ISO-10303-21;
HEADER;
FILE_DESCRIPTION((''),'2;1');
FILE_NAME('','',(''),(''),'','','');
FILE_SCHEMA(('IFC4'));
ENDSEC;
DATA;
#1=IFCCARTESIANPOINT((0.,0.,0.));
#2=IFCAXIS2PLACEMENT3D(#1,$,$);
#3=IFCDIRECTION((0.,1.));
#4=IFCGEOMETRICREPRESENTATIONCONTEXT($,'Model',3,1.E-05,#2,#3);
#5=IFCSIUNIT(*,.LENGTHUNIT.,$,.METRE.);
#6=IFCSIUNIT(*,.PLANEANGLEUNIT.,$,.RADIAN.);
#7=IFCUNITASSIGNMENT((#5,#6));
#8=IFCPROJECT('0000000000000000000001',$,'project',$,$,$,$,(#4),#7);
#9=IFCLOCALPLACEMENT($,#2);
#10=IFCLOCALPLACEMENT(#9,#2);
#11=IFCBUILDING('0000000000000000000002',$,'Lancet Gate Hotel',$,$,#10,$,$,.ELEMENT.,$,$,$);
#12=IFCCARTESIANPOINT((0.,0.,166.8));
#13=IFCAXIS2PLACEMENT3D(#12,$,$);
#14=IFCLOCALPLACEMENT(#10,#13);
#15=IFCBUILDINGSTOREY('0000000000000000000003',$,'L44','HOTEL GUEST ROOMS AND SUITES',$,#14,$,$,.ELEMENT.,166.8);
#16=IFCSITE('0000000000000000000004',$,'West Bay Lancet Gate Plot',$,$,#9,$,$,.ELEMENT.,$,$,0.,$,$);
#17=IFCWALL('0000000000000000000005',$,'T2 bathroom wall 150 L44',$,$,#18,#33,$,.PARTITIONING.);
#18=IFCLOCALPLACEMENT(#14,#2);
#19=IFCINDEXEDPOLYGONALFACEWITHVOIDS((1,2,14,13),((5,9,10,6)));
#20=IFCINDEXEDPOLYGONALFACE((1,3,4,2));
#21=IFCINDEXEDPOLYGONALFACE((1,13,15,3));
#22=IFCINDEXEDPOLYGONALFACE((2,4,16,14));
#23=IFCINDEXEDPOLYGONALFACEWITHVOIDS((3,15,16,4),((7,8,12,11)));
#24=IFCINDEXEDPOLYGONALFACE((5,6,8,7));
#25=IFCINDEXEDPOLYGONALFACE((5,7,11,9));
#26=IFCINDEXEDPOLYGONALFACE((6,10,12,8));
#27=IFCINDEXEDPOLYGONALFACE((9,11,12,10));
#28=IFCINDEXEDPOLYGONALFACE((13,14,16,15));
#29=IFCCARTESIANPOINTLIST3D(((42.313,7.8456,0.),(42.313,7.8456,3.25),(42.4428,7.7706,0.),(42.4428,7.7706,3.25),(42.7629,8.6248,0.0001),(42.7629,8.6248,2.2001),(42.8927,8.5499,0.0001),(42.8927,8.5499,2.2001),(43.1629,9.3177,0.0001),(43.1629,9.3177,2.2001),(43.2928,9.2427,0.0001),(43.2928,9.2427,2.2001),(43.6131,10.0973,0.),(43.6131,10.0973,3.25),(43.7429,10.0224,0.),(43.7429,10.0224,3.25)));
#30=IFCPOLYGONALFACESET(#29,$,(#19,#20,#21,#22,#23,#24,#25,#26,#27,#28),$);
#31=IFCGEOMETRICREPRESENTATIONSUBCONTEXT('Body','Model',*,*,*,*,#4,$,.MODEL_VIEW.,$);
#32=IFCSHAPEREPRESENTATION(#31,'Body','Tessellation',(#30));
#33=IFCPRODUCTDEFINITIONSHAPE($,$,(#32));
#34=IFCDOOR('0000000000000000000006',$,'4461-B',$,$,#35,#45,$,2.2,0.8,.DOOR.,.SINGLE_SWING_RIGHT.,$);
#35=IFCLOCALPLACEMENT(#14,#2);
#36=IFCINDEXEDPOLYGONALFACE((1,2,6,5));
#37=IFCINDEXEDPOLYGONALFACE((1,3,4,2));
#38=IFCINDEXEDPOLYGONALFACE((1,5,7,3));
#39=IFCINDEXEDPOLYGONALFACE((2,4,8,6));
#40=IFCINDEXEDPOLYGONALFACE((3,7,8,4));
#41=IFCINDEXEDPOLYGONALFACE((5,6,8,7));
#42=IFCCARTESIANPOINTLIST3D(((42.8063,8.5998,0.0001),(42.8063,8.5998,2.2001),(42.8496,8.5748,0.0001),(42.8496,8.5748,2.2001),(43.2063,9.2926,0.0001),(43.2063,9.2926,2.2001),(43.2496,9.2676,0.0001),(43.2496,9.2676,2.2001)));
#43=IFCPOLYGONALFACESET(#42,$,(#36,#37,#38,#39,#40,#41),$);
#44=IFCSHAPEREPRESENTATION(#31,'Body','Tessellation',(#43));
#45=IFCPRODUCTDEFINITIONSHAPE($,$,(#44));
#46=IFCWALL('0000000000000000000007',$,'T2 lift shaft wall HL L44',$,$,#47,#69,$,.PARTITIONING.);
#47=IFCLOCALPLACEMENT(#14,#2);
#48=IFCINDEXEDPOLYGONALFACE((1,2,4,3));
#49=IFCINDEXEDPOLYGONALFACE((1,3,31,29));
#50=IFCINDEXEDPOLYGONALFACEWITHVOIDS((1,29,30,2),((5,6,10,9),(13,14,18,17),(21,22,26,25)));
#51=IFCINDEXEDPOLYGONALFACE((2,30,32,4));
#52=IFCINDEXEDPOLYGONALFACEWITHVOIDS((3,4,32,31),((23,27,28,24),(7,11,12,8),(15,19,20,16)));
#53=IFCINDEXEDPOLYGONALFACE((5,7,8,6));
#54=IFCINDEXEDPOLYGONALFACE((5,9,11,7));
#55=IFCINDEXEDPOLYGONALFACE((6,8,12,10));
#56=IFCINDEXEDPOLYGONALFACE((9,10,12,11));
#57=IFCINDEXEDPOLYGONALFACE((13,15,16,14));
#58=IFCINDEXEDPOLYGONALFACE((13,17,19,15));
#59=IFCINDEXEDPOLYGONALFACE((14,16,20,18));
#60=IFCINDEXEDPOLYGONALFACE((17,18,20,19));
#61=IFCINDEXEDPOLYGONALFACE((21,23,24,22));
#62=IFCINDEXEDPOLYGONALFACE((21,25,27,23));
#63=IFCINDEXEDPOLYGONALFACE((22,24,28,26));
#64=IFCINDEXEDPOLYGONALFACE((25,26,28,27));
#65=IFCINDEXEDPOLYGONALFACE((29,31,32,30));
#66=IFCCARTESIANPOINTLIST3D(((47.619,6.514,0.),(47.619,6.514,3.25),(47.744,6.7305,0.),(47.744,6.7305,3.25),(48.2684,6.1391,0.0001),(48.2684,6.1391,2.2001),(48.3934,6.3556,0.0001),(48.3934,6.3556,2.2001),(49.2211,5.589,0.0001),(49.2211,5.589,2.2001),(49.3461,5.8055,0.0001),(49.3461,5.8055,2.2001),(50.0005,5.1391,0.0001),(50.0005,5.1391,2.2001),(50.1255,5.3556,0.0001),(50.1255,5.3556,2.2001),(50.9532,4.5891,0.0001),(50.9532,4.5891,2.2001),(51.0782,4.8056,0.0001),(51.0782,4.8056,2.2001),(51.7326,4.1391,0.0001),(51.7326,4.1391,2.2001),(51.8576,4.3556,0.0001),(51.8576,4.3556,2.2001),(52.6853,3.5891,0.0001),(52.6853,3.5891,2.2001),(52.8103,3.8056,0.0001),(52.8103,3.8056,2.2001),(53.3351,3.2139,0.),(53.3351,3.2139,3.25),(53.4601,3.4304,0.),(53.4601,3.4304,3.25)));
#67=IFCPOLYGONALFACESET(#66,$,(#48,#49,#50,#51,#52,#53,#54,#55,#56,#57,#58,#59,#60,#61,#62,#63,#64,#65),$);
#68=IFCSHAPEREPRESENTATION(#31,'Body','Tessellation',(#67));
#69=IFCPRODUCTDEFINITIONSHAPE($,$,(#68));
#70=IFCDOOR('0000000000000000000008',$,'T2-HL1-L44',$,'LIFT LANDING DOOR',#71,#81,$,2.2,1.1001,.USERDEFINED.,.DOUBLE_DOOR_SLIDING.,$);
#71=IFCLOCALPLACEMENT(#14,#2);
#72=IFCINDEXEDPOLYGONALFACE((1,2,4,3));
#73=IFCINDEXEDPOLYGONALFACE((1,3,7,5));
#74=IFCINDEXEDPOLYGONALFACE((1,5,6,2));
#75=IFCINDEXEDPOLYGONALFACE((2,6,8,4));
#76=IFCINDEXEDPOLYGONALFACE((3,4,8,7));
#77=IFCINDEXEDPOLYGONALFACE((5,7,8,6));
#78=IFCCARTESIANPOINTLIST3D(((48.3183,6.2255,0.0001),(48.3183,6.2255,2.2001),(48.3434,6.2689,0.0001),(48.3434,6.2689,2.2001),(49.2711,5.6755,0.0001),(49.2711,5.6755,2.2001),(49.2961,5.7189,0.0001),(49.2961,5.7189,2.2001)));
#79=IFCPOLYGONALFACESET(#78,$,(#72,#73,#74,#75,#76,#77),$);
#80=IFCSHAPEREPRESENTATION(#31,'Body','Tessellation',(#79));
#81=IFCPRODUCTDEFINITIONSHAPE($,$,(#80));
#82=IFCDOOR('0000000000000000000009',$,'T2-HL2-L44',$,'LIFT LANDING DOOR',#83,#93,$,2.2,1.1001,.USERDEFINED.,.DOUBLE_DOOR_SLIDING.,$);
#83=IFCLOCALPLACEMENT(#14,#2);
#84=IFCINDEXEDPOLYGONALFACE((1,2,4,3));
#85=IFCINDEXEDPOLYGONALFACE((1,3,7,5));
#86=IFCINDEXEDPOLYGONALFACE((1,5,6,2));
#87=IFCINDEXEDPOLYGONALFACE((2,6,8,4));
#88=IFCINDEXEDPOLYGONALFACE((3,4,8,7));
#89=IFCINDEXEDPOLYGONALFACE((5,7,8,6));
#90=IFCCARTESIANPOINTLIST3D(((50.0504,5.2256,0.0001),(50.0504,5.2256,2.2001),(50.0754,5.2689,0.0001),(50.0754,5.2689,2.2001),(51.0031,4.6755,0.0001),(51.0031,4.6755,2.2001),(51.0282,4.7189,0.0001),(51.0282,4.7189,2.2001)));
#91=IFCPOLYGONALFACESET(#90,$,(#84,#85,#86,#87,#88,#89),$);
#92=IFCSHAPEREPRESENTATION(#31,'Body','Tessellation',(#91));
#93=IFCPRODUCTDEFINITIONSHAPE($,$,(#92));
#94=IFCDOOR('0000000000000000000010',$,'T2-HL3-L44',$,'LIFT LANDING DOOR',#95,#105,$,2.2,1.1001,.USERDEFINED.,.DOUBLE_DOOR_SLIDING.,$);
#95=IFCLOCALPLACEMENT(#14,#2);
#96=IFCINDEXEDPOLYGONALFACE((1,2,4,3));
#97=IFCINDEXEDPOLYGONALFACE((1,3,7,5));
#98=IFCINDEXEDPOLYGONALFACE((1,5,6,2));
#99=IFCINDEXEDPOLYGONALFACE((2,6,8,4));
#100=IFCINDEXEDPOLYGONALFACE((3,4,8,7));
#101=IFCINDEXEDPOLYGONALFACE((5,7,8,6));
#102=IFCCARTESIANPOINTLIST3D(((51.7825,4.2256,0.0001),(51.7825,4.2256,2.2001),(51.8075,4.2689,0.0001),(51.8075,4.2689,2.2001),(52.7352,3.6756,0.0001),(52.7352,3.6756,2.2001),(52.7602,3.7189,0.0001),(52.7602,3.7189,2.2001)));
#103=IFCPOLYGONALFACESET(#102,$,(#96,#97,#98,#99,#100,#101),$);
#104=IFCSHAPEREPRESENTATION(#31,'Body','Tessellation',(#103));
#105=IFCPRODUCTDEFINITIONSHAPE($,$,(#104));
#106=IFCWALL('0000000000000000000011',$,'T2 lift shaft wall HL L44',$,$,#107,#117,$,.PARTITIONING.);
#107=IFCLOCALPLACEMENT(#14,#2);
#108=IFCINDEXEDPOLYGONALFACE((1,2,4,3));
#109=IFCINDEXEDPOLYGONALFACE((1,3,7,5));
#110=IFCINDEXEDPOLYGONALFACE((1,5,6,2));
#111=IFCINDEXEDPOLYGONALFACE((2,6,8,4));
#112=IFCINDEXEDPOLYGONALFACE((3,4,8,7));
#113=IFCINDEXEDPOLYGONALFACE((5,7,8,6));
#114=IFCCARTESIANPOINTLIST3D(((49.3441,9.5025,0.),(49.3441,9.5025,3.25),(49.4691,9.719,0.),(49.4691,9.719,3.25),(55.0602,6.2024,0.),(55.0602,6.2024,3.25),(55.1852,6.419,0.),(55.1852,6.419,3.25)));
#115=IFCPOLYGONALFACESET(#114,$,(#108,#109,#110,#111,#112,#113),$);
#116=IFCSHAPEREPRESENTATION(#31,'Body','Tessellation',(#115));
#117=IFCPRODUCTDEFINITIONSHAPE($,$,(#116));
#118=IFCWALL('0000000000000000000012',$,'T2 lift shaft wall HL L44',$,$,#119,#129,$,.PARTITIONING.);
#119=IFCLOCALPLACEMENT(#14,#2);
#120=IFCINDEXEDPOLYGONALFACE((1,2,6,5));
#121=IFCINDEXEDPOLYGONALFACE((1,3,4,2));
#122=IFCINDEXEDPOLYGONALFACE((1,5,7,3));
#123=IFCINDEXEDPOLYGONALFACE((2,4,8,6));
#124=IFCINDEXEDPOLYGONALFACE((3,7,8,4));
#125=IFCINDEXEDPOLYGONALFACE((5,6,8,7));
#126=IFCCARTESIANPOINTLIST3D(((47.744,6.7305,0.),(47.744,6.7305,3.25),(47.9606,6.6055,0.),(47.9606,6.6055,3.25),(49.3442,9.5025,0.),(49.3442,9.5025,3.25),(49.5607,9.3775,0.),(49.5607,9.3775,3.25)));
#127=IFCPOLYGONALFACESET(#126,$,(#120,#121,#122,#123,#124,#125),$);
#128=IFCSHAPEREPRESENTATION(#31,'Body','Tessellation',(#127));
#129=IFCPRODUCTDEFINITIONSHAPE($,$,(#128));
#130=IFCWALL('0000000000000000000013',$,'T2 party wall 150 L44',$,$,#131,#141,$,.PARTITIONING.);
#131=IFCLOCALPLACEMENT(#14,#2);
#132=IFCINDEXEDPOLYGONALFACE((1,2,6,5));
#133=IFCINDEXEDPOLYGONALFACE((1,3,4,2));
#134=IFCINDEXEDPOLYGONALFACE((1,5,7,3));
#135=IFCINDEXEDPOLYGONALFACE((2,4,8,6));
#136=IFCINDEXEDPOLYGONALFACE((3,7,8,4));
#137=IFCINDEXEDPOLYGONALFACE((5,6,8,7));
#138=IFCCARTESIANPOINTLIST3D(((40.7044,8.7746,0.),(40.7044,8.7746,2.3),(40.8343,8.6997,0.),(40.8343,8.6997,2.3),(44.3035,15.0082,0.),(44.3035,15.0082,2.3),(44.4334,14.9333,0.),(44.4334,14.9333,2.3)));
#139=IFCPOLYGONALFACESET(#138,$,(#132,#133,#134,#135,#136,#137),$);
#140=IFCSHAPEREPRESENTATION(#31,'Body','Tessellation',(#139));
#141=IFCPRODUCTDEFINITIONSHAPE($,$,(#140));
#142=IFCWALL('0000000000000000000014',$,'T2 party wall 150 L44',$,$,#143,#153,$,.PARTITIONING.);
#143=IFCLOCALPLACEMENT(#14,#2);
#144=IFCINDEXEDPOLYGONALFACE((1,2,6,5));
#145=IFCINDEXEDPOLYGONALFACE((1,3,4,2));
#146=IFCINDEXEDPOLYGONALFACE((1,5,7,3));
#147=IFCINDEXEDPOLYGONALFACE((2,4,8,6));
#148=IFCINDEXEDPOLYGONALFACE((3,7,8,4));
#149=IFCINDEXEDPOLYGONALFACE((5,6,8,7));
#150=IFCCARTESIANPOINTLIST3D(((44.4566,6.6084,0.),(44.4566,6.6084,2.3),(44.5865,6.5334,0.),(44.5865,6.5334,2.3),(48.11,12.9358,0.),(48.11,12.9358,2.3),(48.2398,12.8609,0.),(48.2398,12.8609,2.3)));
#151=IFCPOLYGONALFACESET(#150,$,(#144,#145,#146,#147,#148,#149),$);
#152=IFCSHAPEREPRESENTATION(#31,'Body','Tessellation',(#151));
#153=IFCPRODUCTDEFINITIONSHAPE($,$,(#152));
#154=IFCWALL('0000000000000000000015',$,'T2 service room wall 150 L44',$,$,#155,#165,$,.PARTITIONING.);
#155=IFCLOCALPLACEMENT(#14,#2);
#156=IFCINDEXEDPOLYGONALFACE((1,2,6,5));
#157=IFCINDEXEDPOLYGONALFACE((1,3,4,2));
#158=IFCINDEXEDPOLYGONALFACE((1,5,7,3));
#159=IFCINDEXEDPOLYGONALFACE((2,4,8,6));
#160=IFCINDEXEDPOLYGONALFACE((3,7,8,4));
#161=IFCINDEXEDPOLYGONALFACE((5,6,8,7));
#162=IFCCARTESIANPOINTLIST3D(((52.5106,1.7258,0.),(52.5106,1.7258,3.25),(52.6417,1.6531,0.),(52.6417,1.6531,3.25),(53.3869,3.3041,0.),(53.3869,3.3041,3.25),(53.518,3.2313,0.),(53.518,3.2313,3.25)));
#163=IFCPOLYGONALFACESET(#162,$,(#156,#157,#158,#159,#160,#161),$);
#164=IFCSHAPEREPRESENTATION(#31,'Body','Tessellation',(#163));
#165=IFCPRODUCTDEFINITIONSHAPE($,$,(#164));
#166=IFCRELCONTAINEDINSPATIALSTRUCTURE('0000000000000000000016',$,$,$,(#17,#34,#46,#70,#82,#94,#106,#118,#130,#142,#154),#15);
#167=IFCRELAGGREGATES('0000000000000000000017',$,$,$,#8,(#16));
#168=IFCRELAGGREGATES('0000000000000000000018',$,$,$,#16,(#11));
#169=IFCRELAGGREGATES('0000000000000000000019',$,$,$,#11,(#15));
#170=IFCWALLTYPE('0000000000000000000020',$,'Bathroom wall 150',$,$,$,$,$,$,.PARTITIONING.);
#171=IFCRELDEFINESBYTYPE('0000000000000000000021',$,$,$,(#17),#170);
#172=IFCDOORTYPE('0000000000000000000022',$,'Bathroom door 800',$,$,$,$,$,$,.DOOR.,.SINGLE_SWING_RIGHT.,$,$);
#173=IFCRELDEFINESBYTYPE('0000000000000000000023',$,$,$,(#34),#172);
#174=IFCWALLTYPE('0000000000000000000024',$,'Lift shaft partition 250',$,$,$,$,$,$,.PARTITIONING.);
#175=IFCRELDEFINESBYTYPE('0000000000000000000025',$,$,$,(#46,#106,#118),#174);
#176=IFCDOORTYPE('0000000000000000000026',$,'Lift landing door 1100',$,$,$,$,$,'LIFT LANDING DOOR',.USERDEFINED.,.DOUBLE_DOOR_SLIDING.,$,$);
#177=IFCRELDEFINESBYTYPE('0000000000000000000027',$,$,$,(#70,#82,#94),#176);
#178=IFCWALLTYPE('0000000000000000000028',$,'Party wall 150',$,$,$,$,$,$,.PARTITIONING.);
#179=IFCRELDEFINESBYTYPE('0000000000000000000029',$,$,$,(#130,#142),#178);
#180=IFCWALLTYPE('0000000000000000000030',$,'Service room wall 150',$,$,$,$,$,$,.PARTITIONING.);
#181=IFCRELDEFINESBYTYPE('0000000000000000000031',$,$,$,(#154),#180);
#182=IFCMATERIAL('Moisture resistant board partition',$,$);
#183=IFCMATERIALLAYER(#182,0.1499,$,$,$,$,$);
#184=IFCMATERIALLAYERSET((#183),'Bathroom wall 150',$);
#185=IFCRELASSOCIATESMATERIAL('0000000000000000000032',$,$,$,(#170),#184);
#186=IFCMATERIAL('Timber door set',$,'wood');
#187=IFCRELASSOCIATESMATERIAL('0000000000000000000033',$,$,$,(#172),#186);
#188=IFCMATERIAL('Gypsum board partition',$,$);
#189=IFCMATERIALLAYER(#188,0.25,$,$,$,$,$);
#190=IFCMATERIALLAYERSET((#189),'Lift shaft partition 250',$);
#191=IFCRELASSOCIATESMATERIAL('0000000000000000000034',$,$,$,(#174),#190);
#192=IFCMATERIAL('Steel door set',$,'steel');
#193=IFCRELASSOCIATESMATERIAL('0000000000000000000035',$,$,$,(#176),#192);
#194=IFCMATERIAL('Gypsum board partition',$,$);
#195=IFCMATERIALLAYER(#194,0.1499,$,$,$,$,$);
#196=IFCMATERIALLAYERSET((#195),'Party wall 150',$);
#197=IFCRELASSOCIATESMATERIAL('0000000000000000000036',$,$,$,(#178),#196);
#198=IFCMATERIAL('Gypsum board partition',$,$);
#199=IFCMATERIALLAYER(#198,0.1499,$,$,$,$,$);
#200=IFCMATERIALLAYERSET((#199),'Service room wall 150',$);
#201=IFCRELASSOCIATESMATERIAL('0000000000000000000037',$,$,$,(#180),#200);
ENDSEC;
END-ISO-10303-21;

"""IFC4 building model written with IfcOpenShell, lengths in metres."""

from ifc_helpers import new_model, si_unit, direction, frame, frame_2d, origin, place, context, subcontext, project, spatial, rectangle, extrude, material, layer, layer_set, type_object, element, fill, save


model = new_model("IFC4")

# Units and contexts
model_context = context("Model", 3, precision=1e-05, world=origin(), true_north=direction((0.0, 1.0)))
body_context = subcontext(model_context, "Body", "Model", "MODEL_VIEW")
ifc_project = project(units=[si_unit("LENGTHUNIT", "METRE"), si_unit("PLANEANGLEUNIT", "RADIAN")], contexts=[model_context])

# Site, building, storey
site_placement = place(None, origin())
site = spatial("IfcSite", under=ifc_project, at=site_placement, Name="West Bay Lancet Gate Plot", CompositionType="ELEMENT", RefElevation=0.0)
building_placement = place(site_placement, origin())
building = spatial("IfcBuilding", under=site, at=building_placement, Name="Lancet Gate Hotel", CompositionType="ELEMENT")
storey_placement = place(building_placement, frame((0.0, 0.0, 166.8)))
storey = spatial("IfcBuildingStorey", under=building, at=storey_placement, Name="L44", Description="HOTEL GUEST ROOMS AND SUITES", CompositionType="ELEMENT", Elevation=166.8)

# Shared definitions
ifc_material_1 = material(Name="Moisture resistant board partition")
ifc_layer_1 = layer(ifc_material_1, 0.1499)
ifc_layer_set_1 = layer_set([ifc_layer_1], Name="Bathroom wall 150")
wall_type_1 = type_object("IfcWallType", Name="Bathroom wall 150", PredefinedType="PARTITIONING", material=ifc_layer_set_1)

# Wall, opening, door
wall_1_placement = place(storey_placement, frame((42.3779, 7.8081, 0.0), z_axis=(0.0, 0.0, 1.0), x_axis=(0.500007, 0.866021, 0.0)))
wall_1 = element("IfcWall", 1, at=wall_1_placement, inside=storey, type_object=wall_type_1, Name="T2 bathroom wall 150 L44", PredefinedType="PARTITIONING", context=body_context, shape_type="SweptSolid", body=[
    extrude(rectangle(XDim=2.6001, YDim=0.1499, at=frame_2d((1.3, 0.0))), origin(), (0.0, 0.0, 1.0), 3.25),
])
opening_1_placement = place(wall_1_placement, frame((0.8999, 0.0, 0.0)))
opening_1 = element("IfcOpeningElement", 2, at=opening_1_placement, cuts=wall_1, PredefinedType="OPENING", context=body_context, shape_type="SweptSolid", body=[
    extrude(rectangle(XDim=0.8, YDim=2.2, at=frame_2d((0.3999, 1.1001))), frame((0.0, 0.085, 0.0), z_axis=(0.0, -1.0, 0.0), x_axis=(1.0, 0.0, 0.0)), (0.0, 0.0, 1.0), 0.1699),
])
ifc_material_2 = material(Name="Timber door set", Category="wood")
door_type_1 = type_object("IfcDoorType", Name="Bathroom door 800", OperationType="SINGLE_SWING_RIGHT", PredefinedType="DOOR", material=ifc_material_2)
door_1_placement = place(opening_1_placement, origin())
door_1 = element("IfcDoor", 3, at=door_1_placement, inside=storey, type_object=door_type_1, Name="4461-B", OperationType="SINGLE_SWING_RIGHT", OverallHeight=2.2, OverallWidth=0.8, PredefinedType="DOOR", context=body_context, shape_type="SweptSolid", body=[
    extrude(rectangle(XDim=0.8, YDim=2.2, at=frame_2d((0.3999, 1.1001))), frame((0.0, 0.0249, 0.0), z_axis=(0.0, -1.0, 0.0), x_axis=(1.0, 0.0, 0.0)), (0.0, 0.0, 1.0), 0.05),
])
fill(opening_1, door_1)

# Wall, openings, doors
ifc_material_3 = material(Name="Gypsum board partition")
ifc_layer_2 = layer(ifc_material_3, 0.25)
ifc_layer_set_2 = layer_set([ifc_layer_2], Name="Lift shaft partition 250")
wall_type_2 = type_object("IfcWallType", Name="Lift shaft partition 250", PredefinedType="PARTITIONING", material=ifc_layer_set_2)
wall_2_placement = place(storey_placement, frame((47.6814, 6.6223, 0.0), z_axis=(0.0, 0.0, 1.0), x_axis=(0.866033, -0.499986, 0.0)))
wall_2 = element("IfcWall", 4, at=wall_2_placement, inside=storey, type_object=wall_type_2, Name="T2 lift shaft wall HL L44", PredefinedType="PARTITIONING", context=body_context, shape_type="SweptSolid", body=[
    extrude(rectangle(XDim=6.6003, YDim=0.25, at=frame_2d((3.3003, 0.0))), origin(), (0.0, 0.0, 1.0), 3.25),
])
opening_2_placement = place(wall_2_placement, frame((0.75, 0.0, 0.0)))
opening_2 = element("IfcOpeningElement", 5, at=opening_2_placement, cuts=wall_2, PredefinedType="OPENING", context=body_context, shape_type="SweptSolid", body=[
    extrude(rectangle(XDim=1.1001, YDim=2.2, at=frame_2d((0.55, 1.1001))), frame((0.0, 0.135, 0.0), z_axis=(0.0, -1.0, 0.0), x_axis=(1.0, 0.0, 0.0)), (0.0, 0.0, 1.0), 0.27),
])
opening_3_placement = place(wall_2_placement, frame((2.75, 0.0, 0.0)))
opening_3 = element("IfcOpeningElement", 6, at=opening_3_placement, cuts=wall_2, PredefinedType="OPENING", context=body_context, shape_type="SweptSolid", body=[
    extrude(rectangle(XDim=1.1001, YDim=2.2, at=frame_2d((0.55, 1.1001))), frame((0.0, 0.135, 0.0), z_axis=(0.0, -1.0, 0.0), x_axis=(1.0, 0.0, 0.0)), (0.0, 0.0, 1.0), 0.27),
])
opening_4_placement = place(wall_2_placement, frame((4.75, 0.0, 0.0)))
opening_4 = element("IfcOpeningElement", 7, at=opening_4_placement, cuts=wall_2, PredefinedType="OPENING", context=body_context, shape_type="SweptSolid", body=[
    extrude(rectangle(XDim=1.1001, YDim=2.2, at=frame_2d((0.55, 1.1001))), frame((0.0, 0.135, 0.0), z_axis=(0.0, -1.0, 0.0), x_axis=(1.0, 0.0, 0.0)), (0.0, 0.0, 1.0), 0.27),
])
ifc_material_4 = material(Name="Steel door set", Category="steel")
door_type_2 = type_object("IfcDoorType", Name="Lift landing door 1100", ElementType="LIFT LANDING DOOR", OperationType="DOUBLE_DOOR_SLIDING", PredefinedType="USERDEFINED", material=ifc_material_4)
door_2_placement = place(opening_2_placement, origin())
door_2 = element("IfcDoor", 8, at=door_2_placement, inside=storey, type_object=door_type_2, Name="T2-HL1-L44", ObjectType="LIFT LANDING DOOR", OperationType="DOUBLE_DOOR_SLIDING", OverallHeight=2.2, OverallWidth=1.1001, PredefinedType="USERDEFINED", context=body_context, shape_type="SweptSolid", body=[
    extrude(rectangle(XDim=1.1001, YDim=2.2, at=frame_2d((0.55, 1.1001))), frame((0.0, 0.0249, 0.0), z_axis=(0.0, -1.0, 0.0), x_axis=(1.0, 0.0, 0.0)), (0.0, 0.0, 1.0), 0.05),
])
fill(opening_2, door_2)
door_3_placement = place(opening_3_placement, origin())
door_3 = element("IfcDoor", 9, at=door_3_placement, inside=storey, type_object=door_type_2, Name="T2-HL2-L44", ObjectType="LIFT LANDING DOOR", OperationType="DOUBLE_DOOR_SLIDING", OverallHeight=2.2, OverallWidth=1.1001, PredefinedType="USERDEFINED", context=body_context, shape_type="SweptSolid", body=[
    extrude(rectangle(XDim=1.1001, YDim=2.2, at=frame_2d((0.55, 1.1001))), frame((0.0, 0.0249, 0.0), z_axis=(0.0, -1.0, 0.0), x_axis=(1.0, 0.0, 0.0)), (0.0, 0.0, 1.0), 0.05),
])
fill(opening_3, door_3)
door_4_placement = place(opening_4_placement, origin())
door_4 = element("IfcDoor", 10, at=door_4_placement, inside=storey, type_object=door_type_2, Name="T2-HL3-L44", ObjectType="LIFT LANDING DOOR", OperationType="DOUBLE_DOOR_SLIDING", OverallHeight=2.2, OverallWidth=1.1001, PredefinedType="USERDEFINED", context=body_context, shape_type="SweptSolid", body=[
    extrude(rectangle(XDim=1.1001, YDim=2.2, at=frame_2d((0.55, 1.1001))), frame((0.0, 0.0249, 0.0), z_axis=(0.0, -1.0, 0.0), x_axis=(1.0, 0.0, 0.0)), (0.0, 0.0, 1.0), 0.05),
])
fill(opening_4, door_4)

# Walls
wall_3_placement = place(storey_placement, frame((49.4065, 9.6108, 0.0), z_axis=(0.0, 0.0, 1.0), x_axis=(0.866033, -0.499986, 0.0)))
element("IfcWall", 11, at=wall_3_placement, inside=storey, type_object=wall_type_2, Name="T2 lift shaft wall HL L44", PredefinedType="PARTITIONING", context=body_context, shape_type="SweptSolid", body=[
    extrude(rectangle(XDim=6.6003, YDim=0.25, at=frame_2d((3.3003, 0.0))), origin(), (0.0, 0.0, 1.0), 3.25),
])
wall_4_placement = place(storey_placement, frame((47.8523, 6.668, 0.0), z_axis=(0.0, 0.0, 1.0), x_axis=(0.499929, 0.866066, 0.0)))
element("IfcWall", 12, at=wall_4_placement, inside=storey, type_object=wall_type_2, Name="T2 lift shaft wall HL L44", PredefinedType="PARTITIONING", context=body_context, shape_type="SweptSolid", body=[
    extrude(rectangle(XDim=3.2007, YDim=0.25, at=frame_2d((1.6003, 0.0))), origin(), (0.0, 0.0, 1.0), 3.25),
])
ifc_material_5 = material(Name="Gypsum board partition")
ifc_layer_3 = layer(ifc_material_5, 0.1499)
ifc_layer_set_3 = layer_set([ifc_layer_3], Name="Party wall 150")
wall_type_3 = type_object("IfcWallType", Name="Party wall 150", PredefinedType="PARTITIONING", material=ifc_layer_set_3)
wall_5_placement = place(storey_placement, frame((40.7693, 8.7371, 0.0), z_axis=(0.0, 0.0, 1.0), x_axis=(0.500013, 0.866018, 0.0)))
element("IfcWall", 13, at=wall_5_placement, inside=storey, type_object=wall_type_3, Name="T2 party wall 150 L44", PredefinedType="PARTITIONING", context=body_context, shape_type="SweptSolid", body=[
    extrude(rectangle(XDim=7.198, YDim=0.1499, at=frame_2d((3.5991, 0.0))), origin(), (0.0, 0.0, 1.0), 2.3),
])
wall_6_placement = place(storey_placement, frame((44.5215, 6.5708, 0.0), z_axis=(0.0, 0.0, 1.0), x_axis=(0.50002, 0.866014, 0.0)))
element("IfcWall", 14, at=wall_6_placement, inside=storey, type_object=wall_type_3, Name="T2 party wall 150 L44", PredefinedType="PARTITIONING", context=body_context, shape_type="SweptSolid", body=[
    extrude(rectangle(XDim=7.3064, YDim=0.1499, at=frame_2d((3.6533, 0.0))), origin(), (0.0, 0.0, 1.0), 2.3),
])
ifc_material_6 = material(Name="Gypsum board partition")
ifc_layer_4 = layer(ifc_material_6, 0.1499)
ifc_layer_set_4 = layer_set([ifc_layer_4], Name="Service room wall 150")
wall_type_4 = type_object("IfcWallType", Name="Service room wall 150", PredefinedType="PARTITIONING", material=ifc_layer_set_4)
wall_7_placement = place(storey_placement, frame((52.5762, 1.6895, 0.0), z_axis=(0.0, 0.0, 1.0), x_axis=(0.485425, 0.874278, 0.0)))
element("IfcWall", 15, at=wall_7_placement, inside=storey, type_object=wall_type_4, Name="T2 service room wall 150 L44", PredefinedType="PARTITIONING", context=body_context, shape_type="SweptSolid", body=[
    extrude(rectangle(XDim=1.8052, YDim=0.1499, at=frame_2d((0.9026, 0.0))), origin(), (0.0, 0.0, 1.0), 3.25),
])

save(model, "model.ifc")
